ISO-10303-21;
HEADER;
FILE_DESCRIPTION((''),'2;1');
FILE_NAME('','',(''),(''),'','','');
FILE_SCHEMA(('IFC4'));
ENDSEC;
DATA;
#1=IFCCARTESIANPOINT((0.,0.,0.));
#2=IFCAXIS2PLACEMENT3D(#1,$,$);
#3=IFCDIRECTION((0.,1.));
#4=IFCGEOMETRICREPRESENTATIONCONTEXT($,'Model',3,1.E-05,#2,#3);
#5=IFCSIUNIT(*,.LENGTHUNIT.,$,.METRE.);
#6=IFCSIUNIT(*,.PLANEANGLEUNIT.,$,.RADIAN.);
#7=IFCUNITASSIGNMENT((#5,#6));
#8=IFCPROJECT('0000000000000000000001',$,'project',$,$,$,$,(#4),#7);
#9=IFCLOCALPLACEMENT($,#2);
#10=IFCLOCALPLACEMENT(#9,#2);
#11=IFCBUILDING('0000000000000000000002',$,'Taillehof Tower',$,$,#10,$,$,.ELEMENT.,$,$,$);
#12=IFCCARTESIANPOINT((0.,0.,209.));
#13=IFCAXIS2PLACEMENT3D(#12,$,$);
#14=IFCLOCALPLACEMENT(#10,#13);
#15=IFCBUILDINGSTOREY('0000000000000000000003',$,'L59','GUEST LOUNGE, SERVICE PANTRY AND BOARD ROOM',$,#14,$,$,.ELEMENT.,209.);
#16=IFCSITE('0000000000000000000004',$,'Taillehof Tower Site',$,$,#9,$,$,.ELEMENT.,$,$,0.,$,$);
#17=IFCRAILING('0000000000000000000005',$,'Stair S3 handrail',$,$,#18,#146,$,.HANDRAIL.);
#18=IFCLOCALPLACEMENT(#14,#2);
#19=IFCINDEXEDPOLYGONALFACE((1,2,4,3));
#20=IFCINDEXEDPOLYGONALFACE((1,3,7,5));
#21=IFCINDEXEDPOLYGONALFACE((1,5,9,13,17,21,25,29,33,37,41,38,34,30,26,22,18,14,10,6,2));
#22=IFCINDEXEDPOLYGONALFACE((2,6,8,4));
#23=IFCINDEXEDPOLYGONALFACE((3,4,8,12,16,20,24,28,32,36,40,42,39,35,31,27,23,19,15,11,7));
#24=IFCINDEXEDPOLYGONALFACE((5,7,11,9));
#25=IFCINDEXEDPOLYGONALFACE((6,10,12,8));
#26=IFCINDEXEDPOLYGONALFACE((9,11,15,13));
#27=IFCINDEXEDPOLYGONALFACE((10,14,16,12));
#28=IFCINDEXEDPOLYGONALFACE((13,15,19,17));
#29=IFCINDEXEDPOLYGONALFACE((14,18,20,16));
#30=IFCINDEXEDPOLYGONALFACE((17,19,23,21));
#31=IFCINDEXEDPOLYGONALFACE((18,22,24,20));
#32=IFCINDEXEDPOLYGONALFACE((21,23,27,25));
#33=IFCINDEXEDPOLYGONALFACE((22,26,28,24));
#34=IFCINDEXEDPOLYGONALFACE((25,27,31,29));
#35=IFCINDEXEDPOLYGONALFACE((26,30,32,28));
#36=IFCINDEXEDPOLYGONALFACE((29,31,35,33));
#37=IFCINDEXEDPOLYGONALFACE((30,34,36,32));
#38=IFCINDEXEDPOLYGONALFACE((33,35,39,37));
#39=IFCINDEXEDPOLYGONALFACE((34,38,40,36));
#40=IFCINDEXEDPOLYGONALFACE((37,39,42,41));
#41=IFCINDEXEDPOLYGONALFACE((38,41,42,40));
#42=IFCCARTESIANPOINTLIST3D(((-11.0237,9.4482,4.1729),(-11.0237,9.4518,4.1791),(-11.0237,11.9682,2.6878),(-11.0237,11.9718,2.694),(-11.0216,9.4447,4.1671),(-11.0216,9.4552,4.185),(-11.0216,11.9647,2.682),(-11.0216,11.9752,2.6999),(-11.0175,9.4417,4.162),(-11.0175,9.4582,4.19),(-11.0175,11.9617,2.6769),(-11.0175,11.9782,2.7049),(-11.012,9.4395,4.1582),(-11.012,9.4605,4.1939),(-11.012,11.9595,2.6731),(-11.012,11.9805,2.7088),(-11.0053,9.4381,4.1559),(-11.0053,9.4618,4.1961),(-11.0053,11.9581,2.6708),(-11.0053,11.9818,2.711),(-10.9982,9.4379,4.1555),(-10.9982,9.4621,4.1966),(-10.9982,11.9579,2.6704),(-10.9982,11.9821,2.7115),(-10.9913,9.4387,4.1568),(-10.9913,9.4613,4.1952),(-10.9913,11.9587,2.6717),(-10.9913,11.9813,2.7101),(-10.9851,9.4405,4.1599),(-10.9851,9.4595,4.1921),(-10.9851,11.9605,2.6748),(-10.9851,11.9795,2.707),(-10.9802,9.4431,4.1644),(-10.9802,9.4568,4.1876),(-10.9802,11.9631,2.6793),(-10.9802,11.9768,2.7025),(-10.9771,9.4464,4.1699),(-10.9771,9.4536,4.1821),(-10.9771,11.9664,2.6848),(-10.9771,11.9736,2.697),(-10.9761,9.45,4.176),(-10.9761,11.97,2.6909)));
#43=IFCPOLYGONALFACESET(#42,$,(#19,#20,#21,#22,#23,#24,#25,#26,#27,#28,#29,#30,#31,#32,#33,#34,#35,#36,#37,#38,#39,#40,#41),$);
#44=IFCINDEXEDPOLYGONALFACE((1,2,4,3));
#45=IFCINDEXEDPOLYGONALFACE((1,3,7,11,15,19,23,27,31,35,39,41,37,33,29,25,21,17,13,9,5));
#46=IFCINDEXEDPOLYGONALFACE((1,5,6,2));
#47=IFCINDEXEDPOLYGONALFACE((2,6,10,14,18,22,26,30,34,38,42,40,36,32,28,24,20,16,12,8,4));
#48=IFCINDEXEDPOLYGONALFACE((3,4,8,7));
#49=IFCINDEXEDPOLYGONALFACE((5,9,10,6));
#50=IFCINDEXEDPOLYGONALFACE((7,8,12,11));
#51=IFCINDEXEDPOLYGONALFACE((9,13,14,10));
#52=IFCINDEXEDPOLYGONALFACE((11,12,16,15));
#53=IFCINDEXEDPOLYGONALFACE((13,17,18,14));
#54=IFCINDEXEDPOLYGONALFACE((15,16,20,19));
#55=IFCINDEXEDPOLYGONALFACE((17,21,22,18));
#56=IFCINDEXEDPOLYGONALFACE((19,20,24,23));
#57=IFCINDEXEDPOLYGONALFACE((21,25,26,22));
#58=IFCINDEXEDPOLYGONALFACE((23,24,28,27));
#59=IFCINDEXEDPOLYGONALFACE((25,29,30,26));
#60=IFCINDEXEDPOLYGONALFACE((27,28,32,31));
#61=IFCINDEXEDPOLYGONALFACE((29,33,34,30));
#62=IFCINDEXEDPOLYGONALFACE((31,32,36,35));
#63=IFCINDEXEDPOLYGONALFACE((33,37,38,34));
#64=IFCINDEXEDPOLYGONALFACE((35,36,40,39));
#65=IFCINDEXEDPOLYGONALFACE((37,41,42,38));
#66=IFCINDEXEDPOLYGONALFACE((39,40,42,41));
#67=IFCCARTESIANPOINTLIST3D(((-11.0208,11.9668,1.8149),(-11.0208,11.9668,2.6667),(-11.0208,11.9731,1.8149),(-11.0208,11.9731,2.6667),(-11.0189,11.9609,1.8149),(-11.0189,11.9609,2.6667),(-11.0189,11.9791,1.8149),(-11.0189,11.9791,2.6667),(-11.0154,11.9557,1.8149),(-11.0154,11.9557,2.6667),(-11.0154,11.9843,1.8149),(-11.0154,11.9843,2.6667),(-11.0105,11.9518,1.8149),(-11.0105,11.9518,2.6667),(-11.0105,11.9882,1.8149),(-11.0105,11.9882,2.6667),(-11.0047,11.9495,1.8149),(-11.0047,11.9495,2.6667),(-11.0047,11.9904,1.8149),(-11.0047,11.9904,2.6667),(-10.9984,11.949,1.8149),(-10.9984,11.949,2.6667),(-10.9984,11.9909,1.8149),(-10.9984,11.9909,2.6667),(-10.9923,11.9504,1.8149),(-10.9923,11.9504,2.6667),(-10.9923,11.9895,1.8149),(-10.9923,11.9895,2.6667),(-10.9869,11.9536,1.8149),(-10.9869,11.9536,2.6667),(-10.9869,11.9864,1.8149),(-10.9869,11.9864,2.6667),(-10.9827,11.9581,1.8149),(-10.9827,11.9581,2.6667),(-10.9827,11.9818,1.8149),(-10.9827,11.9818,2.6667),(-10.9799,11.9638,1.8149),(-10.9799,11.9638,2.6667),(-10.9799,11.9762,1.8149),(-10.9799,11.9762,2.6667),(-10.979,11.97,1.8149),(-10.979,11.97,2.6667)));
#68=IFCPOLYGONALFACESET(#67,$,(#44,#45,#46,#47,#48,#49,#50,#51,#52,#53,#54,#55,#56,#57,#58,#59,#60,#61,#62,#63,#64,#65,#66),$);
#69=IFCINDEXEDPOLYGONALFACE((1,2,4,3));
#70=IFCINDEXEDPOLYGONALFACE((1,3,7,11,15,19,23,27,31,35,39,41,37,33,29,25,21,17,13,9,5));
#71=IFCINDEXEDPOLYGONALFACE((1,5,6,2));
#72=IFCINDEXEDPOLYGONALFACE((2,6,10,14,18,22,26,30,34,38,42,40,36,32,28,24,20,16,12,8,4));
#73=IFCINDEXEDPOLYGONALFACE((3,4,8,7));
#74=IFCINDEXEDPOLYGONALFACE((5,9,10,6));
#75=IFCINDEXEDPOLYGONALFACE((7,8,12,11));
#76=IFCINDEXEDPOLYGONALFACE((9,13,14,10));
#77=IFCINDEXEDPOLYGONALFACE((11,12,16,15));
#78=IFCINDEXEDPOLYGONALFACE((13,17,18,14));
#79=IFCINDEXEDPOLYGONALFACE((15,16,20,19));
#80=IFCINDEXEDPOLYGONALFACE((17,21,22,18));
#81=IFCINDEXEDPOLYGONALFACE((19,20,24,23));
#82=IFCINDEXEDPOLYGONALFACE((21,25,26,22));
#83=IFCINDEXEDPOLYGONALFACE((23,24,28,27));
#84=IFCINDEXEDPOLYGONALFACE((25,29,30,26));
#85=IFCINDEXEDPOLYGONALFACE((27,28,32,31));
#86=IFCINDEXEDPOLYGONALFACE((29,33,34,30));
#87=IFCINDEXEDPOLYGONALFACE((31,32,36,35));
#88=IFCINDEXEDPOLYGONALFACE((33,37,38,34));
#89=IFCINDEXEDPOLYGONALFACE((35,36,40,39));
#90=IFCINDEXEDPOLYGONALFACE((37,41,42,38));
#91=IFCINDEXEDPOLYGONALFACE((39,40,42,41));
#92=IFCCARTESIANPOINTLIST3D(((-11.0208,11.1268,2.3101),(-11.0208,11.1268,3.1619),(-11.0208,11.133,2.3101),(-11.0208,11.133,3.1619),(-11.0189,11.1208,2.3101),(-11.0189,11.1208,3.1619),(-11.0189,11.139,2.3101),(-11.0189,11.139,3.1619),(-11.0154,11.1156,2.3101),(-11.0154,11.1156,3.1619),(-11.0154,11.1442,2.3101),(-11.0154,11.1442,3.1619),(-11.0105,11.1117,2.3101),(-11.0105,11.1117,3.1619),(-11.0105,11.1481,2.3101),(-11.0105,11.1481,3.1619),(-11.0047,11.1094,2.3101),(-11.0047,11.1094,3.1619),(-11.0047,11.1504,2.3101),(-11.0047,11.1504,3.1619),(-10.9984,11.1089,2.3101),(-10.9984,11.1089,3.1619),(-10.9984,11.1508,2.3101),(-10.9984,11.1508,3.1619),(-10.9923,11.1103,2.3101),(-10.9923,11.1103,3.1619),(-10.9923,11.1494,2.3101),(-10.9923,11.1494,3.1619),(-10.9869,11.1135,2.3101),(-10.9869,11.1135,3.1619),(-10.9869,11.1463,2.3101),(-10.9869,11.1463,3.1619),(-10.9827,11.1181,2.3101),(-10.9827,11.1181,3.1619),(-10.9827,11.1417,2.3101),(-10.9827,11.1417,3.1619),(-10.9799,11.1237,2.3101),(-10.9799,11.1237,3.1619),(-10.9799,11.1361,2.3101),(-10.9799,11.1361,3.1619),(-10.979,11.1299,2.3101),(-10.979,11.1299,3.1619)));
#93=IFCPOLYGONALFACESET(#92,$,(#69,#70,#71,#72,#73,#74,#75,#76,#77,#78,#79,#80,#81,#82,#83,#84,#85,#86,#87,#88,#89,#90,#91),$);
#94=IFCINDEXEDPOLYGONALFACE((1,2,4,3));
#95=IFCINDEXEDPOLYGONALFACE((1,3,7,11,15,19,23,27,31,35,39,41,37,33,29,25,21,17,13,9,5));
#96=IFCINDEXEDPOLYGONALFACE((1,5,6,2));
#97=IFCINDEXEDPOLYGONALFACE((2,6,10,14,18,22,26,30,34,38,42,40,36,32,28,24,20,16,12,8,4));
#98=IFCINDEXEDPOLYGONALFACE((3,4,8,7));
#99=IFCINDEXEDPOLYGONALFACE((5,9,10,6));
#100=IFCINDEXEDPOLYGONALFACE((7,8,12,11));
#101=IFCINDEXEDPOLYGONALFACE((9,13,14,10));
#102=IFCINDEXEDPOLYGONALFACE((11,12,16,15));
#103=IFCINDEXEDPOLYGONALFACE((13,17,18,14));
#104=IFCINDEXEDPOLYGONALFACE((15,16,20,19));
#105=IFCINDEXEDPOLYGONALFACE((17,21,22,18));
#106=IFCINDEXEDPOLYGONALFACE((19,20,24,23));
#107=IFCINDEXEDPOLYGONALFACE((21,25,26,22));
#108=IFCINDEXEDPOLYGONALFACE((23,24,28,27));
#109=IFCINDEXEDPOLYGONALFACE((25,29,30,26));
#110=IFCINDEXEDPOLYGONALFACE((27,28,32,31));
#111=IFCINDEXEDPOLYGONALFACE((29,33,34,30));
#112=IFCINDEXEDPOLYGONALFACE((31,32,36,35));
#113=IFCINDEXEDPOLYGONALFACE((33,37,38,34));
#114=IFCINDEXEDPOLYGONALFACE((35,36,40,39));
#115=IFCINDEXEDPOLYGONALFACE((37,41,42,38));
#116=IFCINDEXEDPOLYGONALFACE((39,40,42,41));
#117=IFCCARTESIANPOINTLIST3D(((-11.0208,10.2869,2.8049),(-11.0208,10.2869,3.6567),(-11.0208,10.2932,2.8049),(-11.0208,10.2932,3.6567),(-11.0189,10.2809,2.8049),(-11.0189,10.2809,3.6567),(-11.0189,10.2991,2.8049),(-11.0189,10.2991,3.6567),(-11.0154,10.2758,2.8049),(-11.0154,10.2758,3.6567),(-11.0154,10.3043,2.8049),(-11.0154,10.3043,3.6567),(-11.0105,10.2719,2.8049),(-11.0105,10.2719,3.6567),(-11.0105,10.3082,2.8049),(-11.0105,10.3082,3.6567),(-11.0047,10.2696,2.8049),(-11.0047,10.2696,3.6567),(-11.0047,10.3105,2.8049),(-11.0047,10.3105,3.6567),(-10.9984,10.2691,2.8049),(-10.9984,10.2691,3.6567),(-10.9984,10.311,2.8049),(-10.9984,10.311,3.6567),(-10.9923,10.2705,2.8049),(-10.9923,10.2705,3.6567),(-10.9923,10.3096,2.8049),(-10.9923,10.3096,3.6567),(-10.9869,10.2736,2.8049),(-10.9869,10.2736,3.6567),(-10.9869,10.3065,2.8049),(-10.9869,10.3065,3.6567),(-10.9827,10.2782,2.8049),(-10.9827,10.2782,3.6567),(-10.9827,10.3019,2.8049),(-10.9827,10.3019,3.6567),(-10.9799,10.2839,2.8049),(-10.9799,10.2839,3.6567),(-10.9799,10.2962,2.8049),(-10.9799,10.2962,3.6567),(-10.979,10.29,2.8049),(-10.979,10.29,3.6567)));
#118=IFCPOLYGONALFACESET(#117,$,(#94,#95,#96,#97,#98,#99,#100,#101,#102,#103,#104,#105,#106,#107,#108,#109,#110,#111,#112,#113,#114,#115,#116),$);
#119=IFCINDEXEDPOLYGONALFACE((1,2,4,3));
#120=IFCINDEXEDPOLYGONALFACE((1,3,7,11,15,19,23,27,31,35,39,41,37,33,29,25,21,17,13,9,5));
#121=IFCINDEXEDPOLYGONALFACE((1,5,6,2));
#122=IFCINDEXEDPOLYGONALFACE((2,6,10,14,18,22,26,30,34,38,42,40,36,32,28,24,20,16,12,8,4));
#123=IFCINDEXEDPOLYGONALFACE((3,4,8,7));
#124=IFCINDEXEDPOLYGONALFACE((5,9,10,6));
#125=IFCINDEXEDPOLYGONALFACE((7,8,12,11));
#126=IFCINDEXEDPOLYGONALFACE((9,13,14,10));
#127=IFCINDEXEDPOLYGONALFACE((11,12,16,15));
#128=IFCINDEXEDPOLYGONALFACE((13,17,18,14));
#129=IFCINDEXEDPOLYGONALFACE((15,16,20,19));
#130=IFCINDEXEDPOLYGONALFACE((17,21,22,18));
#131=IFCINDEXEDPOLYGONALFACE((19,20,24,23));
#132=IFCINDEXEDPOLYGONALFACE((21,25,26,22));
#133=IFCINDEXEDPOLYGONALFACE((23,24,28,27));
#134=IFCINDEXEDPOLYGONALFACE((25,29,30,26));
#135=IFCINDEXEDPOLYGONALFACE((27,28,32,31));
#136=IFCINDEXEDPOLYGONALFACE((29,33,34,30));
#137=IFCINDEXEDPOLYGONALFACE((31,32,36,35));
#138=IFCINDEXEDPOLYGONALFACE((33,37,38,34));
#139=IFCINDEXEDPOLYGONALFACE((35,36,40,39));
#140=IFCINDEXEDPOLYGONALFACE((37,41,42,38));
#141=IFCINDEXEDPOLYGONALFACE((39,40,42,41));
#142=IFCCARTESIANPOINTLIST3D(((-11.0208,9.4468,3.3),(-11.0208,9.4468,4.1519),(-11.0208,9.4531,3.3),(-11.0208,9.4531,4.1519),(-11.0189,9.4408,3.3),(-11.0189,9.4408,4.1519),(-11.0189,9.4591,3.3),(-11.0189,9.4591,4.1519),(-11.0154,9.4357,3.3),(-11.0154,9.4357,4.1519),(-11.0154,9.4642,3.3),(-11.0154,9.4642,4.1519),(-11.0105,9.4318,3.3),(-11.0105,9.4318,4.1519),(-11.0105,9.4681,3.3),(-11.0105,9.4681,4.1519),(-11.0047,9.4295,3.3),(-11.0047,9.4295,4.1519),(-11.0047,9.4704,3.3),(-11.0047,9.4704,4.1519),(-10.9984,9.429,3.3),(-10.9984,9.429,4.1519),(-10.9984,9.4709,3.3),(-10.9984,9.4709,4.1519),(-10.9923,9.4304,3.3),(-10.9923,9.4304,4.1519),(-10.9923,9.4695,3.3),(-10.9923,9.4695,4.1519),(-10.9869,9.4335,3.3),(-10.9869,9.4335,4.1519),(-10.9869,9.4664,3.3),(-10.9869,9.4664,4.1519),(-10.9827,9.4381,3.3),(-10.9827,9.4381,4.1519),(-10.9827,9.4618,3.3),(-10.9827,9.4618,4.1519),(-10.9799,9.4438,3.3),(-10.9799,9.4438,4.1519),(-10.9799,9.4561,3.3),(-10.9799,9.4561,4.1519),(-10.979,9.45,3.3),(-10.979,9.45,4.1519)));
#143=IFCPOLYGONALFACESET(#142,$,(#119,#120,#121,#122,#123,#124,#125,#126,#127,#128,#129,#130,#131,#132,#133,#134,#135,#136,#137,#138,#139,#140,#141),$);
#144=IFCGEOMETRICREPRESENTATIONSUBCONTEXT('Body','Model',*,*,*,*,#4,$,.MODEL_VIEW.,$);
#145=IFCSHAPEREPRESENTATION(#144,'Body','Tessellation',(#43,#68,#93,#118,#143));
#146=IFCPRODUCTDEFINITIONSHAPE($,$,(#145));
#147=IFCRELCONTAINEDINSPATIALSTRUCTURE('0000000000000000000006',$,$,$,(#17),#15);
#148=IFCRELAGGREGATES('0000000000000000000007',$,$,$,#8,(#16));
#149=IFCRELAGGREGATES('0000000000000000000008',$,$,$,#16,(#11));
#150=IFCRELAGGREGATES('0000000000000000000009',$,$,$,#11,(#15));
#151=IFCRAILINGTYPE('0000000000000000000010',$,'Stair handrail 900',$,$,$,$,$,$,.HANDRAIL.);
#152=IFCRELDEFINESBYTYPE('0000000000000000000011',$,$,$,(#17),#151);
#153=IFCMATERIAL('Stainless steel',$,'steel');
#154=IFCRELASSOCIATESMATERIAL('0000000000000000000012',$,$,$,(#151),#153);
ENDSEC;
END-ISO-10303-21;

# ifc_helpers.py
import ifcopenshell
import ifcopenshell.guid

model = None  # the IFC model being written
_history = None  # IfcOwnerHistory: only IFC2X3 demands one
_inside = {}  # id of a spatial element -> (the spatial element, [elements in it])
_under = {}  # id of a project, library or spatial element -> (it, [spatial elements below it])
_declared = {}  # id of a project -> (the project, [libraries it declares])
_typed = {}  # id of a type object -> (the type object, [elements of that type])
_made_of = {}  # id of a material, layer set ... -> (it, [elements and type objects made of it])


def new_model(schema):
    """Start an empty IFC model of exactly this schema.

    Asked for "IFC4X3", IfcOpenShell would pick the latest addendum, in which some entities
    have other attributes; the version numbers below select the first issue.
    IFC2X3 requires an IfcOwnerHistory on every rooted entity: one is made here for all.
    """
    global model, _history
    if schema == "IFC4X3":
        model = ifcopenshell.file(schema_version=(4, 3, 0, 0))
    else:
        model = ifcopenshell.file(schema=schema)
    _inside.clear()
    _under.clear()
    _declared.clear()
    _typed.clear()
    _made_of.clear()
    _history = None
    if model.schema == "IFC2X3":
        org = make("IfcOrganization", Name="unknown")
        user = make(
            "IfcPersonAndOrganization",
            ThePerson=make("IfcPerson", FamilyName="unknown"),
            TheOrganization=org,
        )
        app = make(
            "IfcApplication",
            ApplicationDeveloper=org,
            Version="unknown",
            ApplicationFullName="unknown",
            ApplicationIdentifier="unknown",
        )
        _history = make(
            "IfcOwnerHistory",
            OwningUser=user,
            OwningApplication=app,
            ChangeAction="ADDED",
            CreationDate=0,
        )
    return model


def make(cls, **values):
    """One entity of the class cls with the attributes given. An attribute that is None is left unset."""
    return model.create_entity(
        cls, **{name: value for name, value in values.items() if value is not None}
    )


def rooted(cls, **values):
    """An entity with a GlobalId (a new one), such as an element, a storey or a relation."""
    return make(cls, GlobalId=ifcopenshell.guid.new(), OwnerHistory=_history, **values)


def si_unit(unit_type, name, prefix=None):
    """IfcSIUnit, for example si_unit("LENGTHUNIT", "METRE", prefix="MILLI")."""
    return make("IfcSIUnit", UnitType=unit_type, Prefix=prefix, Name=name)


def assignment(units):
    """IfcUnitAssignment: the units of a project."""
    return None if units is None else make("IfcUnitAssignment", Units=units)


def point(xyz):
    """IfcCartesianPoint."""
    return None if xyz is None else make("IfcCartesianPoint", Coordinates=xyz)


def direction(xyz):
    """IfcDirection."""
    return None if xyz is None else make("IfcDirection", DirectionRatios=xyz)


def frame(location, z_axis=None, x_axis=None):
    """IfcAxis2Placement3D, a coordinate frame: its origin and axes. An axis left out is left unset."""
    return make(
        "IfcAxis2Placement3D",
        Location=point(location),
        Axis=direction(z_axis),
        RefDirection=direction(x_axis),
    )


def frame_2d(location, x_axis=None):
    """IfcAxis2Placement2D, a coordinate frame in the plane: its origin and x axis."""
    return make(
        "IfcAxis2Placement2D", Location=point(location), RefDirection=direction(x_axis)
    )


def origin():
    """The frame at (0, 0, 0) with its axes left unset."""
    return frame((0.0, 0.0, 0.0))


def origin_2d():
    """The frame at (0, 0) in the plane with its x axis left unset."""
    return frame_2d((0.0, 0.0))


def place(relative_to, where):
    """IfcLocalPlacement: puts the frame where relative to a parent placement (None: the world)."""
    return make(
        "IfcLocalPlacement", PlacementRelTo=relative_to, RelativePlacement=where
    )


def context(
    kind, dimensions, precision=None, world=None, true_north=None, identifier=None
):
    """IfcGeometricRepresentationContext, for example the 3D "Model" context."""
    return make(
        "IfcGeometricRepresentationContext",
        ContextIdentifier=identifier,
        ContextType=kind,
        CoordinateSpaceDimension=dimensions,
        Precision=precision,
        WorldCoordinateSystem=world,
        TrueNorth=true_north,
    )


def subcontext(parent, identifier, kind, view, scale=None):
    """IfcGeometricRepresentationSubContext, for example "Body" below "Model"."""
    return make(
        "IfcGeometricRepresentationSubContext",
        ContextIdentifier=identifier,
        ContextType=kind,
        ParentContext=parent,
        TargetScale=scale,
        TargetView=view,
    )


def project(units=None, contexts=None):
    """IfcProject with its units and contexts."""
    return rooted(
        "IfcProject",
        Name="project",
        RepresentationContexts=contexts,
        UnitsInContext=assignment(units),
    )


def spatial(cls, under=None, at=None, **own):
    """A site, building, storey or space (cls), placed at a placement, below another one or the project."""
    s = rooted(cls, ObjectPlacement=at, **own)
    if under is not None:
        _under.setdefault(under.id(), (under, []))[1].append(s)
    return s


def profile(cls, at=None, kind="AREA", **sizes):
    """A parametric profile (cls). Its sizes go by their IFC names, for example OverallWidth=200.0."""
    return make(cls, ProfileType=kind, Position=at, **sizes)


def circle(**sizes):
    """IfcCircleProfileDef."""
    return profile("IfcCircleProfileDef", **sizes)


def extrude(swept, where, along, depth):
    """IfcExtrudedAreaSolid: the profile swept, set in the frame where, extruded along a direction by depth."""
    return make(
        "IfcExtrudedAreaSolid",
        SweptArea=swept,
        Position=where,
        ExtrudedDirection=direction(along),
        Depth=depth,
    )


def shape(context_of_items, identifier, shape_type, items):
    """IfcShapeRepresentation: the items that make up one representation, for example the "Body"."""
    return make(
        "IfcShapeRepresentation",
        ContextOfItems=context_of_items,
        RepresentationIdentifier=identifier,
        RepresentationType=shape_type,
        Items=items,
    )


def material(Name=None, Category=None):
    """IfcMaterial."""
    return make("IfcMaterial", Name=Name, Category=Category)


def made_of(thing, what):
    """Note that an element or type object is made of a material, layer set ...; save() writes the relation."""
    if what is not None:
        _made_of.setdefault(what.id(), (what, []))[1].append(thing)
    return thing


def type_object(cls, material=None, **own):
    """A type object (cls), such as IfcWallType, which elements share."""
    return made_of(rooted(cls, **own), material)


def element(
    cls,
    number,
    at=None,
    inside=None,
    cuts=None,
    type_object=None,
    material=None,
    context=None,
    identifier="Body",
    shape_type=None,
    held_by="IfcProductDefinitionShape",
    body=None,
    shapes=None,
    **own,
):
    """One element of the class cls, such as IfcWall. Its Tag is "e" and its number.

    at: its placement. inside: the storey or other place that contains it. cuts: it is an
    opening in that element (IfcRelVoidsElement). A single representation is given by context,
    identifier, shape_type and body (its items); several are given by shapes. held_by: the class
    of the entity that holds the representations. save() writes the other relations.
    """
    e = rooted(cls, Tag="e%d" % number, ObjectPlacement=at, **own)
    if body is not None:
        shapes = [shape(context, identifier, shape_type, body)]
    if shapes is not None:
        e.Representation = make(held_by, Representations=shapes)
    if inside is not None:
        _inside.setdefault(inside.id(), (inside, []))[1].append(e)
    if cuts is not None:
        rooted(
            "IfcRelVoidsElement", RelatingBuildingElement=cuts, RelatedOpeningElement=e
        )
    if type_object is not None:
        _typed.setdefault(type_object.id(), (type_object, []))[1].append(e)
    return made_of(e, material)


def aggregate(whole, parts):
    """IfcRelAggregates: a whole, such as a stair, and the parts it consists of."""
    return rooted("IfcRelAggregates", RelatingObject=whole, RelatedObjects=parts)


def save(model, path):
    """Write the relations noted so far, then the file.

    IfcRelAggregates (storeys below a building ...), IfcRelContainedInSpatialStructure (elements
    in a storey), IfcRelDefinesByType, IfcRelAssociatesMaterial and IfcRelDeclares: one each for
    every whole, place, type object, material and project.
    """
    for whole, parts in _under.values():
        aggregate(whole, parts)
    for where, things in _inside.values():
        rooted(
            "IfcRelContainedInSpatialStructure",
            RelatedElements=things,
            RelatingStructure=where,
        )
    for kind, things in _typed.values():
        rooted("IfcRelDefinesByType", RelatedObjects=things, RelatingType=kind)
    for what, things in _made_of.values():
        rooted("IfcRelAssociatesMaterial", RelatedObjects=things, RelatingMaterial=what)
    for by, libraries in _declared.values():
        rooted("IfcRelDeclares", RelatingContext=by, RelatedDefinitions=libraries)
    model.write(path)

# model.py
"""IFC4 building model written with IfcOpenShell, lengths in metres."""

from ifc_helpers import new_model, si_unit, direction, frame, origin, origin_2d, place, context, subcontext, project, spatial, circle, extrude, material, type_object, element, save


model = new_model("IFC4")

# Units and contexts
model_context = context("Model", 3, precision=1e-05, world=origin(), true_north=direction((0.0, 1.0)))
body_context = subcontext(model_context, "Body", "Model", "MODEL_VIEW")
ifc_project = project(units=[si_unit("LENGTHUNIT", "METRE"), si_unit("PLANEANGLEUNIT", "RADIAN")], contexts=[model_context])

# Site, building, storey
site_placement = place(None, origin())
site = spatial("IfcSite", under=ifc_project, at=site_placement, Name="Taillehof Tower Site", CompositionType="ELEMENT", RefElevation=0.0)
building_placement = place(site_placement, origin())
building = spatial("IfcBuilding", under=site, at=building_placement, Name="Taillehof Tower", CompositionType="ELEMENT")
storey_placement = place(building_placement, frame((0.0, 0.0, 209.0)))
storey = spatial("IfcBuildingStorey", under=building, at=storey_placement, Name="L59", Description="GUEST LOUNGE, SERVICE PANTRY AND BOARD ROOM", CompositionType="ELEMENT", Elevation=209.0)

# Railing
ifc_material_1 = material(Name="Stainless steel", Category="steel")
railing_type = type_object("IfcRailingType", Name="Stair handrail 900", PredefinedType="HANDRAIL", material=ifc_material_1)
railing_placement = place(storey_placement, frame((-11.0, 11.97, 1.8149)))
element("IfcRailing", 1, at=railing_placement, inside=storey, type_object=railing_type, Name="Stair S3 handrail", PredefinedType="HANDRAIL", context=body_context, shape_type="SweptSolid", body=[
    extrude(circle(Radius=0.0239, at=origin_2d()), frame((0.0, 0.0, 0.876), z_axis=(0.0, -0.861524, 0.507717), x_axis=(1.0, 0.0, 0.0)), (0.0, 0.0, 1.0), 2.925),
    extrude(circle(Radius=0.021, at=origin_2d()), origin(), (0.0, 0.0, 1.0), 0.8518),
    extrude(circle(Radius=0.021, at=origin_2d()), frame((0.0, -0.8401, 0.4951)), (0.0, 0.0, 1.0), 0.8518),
    extrude(circle(Radius=0.021, at=origin_2d()), frame((0.0, -1.6799, 0.99)), (0.0, 0.0, 1.0), 0.8518),
    extrude(circle(Radius=0.021, at=origin_2d()), frame((0.0, -2.52, 1.4851)), (0.0, 0.0, 1.0), 0.8518),
])

save(model, "model.ifc")
